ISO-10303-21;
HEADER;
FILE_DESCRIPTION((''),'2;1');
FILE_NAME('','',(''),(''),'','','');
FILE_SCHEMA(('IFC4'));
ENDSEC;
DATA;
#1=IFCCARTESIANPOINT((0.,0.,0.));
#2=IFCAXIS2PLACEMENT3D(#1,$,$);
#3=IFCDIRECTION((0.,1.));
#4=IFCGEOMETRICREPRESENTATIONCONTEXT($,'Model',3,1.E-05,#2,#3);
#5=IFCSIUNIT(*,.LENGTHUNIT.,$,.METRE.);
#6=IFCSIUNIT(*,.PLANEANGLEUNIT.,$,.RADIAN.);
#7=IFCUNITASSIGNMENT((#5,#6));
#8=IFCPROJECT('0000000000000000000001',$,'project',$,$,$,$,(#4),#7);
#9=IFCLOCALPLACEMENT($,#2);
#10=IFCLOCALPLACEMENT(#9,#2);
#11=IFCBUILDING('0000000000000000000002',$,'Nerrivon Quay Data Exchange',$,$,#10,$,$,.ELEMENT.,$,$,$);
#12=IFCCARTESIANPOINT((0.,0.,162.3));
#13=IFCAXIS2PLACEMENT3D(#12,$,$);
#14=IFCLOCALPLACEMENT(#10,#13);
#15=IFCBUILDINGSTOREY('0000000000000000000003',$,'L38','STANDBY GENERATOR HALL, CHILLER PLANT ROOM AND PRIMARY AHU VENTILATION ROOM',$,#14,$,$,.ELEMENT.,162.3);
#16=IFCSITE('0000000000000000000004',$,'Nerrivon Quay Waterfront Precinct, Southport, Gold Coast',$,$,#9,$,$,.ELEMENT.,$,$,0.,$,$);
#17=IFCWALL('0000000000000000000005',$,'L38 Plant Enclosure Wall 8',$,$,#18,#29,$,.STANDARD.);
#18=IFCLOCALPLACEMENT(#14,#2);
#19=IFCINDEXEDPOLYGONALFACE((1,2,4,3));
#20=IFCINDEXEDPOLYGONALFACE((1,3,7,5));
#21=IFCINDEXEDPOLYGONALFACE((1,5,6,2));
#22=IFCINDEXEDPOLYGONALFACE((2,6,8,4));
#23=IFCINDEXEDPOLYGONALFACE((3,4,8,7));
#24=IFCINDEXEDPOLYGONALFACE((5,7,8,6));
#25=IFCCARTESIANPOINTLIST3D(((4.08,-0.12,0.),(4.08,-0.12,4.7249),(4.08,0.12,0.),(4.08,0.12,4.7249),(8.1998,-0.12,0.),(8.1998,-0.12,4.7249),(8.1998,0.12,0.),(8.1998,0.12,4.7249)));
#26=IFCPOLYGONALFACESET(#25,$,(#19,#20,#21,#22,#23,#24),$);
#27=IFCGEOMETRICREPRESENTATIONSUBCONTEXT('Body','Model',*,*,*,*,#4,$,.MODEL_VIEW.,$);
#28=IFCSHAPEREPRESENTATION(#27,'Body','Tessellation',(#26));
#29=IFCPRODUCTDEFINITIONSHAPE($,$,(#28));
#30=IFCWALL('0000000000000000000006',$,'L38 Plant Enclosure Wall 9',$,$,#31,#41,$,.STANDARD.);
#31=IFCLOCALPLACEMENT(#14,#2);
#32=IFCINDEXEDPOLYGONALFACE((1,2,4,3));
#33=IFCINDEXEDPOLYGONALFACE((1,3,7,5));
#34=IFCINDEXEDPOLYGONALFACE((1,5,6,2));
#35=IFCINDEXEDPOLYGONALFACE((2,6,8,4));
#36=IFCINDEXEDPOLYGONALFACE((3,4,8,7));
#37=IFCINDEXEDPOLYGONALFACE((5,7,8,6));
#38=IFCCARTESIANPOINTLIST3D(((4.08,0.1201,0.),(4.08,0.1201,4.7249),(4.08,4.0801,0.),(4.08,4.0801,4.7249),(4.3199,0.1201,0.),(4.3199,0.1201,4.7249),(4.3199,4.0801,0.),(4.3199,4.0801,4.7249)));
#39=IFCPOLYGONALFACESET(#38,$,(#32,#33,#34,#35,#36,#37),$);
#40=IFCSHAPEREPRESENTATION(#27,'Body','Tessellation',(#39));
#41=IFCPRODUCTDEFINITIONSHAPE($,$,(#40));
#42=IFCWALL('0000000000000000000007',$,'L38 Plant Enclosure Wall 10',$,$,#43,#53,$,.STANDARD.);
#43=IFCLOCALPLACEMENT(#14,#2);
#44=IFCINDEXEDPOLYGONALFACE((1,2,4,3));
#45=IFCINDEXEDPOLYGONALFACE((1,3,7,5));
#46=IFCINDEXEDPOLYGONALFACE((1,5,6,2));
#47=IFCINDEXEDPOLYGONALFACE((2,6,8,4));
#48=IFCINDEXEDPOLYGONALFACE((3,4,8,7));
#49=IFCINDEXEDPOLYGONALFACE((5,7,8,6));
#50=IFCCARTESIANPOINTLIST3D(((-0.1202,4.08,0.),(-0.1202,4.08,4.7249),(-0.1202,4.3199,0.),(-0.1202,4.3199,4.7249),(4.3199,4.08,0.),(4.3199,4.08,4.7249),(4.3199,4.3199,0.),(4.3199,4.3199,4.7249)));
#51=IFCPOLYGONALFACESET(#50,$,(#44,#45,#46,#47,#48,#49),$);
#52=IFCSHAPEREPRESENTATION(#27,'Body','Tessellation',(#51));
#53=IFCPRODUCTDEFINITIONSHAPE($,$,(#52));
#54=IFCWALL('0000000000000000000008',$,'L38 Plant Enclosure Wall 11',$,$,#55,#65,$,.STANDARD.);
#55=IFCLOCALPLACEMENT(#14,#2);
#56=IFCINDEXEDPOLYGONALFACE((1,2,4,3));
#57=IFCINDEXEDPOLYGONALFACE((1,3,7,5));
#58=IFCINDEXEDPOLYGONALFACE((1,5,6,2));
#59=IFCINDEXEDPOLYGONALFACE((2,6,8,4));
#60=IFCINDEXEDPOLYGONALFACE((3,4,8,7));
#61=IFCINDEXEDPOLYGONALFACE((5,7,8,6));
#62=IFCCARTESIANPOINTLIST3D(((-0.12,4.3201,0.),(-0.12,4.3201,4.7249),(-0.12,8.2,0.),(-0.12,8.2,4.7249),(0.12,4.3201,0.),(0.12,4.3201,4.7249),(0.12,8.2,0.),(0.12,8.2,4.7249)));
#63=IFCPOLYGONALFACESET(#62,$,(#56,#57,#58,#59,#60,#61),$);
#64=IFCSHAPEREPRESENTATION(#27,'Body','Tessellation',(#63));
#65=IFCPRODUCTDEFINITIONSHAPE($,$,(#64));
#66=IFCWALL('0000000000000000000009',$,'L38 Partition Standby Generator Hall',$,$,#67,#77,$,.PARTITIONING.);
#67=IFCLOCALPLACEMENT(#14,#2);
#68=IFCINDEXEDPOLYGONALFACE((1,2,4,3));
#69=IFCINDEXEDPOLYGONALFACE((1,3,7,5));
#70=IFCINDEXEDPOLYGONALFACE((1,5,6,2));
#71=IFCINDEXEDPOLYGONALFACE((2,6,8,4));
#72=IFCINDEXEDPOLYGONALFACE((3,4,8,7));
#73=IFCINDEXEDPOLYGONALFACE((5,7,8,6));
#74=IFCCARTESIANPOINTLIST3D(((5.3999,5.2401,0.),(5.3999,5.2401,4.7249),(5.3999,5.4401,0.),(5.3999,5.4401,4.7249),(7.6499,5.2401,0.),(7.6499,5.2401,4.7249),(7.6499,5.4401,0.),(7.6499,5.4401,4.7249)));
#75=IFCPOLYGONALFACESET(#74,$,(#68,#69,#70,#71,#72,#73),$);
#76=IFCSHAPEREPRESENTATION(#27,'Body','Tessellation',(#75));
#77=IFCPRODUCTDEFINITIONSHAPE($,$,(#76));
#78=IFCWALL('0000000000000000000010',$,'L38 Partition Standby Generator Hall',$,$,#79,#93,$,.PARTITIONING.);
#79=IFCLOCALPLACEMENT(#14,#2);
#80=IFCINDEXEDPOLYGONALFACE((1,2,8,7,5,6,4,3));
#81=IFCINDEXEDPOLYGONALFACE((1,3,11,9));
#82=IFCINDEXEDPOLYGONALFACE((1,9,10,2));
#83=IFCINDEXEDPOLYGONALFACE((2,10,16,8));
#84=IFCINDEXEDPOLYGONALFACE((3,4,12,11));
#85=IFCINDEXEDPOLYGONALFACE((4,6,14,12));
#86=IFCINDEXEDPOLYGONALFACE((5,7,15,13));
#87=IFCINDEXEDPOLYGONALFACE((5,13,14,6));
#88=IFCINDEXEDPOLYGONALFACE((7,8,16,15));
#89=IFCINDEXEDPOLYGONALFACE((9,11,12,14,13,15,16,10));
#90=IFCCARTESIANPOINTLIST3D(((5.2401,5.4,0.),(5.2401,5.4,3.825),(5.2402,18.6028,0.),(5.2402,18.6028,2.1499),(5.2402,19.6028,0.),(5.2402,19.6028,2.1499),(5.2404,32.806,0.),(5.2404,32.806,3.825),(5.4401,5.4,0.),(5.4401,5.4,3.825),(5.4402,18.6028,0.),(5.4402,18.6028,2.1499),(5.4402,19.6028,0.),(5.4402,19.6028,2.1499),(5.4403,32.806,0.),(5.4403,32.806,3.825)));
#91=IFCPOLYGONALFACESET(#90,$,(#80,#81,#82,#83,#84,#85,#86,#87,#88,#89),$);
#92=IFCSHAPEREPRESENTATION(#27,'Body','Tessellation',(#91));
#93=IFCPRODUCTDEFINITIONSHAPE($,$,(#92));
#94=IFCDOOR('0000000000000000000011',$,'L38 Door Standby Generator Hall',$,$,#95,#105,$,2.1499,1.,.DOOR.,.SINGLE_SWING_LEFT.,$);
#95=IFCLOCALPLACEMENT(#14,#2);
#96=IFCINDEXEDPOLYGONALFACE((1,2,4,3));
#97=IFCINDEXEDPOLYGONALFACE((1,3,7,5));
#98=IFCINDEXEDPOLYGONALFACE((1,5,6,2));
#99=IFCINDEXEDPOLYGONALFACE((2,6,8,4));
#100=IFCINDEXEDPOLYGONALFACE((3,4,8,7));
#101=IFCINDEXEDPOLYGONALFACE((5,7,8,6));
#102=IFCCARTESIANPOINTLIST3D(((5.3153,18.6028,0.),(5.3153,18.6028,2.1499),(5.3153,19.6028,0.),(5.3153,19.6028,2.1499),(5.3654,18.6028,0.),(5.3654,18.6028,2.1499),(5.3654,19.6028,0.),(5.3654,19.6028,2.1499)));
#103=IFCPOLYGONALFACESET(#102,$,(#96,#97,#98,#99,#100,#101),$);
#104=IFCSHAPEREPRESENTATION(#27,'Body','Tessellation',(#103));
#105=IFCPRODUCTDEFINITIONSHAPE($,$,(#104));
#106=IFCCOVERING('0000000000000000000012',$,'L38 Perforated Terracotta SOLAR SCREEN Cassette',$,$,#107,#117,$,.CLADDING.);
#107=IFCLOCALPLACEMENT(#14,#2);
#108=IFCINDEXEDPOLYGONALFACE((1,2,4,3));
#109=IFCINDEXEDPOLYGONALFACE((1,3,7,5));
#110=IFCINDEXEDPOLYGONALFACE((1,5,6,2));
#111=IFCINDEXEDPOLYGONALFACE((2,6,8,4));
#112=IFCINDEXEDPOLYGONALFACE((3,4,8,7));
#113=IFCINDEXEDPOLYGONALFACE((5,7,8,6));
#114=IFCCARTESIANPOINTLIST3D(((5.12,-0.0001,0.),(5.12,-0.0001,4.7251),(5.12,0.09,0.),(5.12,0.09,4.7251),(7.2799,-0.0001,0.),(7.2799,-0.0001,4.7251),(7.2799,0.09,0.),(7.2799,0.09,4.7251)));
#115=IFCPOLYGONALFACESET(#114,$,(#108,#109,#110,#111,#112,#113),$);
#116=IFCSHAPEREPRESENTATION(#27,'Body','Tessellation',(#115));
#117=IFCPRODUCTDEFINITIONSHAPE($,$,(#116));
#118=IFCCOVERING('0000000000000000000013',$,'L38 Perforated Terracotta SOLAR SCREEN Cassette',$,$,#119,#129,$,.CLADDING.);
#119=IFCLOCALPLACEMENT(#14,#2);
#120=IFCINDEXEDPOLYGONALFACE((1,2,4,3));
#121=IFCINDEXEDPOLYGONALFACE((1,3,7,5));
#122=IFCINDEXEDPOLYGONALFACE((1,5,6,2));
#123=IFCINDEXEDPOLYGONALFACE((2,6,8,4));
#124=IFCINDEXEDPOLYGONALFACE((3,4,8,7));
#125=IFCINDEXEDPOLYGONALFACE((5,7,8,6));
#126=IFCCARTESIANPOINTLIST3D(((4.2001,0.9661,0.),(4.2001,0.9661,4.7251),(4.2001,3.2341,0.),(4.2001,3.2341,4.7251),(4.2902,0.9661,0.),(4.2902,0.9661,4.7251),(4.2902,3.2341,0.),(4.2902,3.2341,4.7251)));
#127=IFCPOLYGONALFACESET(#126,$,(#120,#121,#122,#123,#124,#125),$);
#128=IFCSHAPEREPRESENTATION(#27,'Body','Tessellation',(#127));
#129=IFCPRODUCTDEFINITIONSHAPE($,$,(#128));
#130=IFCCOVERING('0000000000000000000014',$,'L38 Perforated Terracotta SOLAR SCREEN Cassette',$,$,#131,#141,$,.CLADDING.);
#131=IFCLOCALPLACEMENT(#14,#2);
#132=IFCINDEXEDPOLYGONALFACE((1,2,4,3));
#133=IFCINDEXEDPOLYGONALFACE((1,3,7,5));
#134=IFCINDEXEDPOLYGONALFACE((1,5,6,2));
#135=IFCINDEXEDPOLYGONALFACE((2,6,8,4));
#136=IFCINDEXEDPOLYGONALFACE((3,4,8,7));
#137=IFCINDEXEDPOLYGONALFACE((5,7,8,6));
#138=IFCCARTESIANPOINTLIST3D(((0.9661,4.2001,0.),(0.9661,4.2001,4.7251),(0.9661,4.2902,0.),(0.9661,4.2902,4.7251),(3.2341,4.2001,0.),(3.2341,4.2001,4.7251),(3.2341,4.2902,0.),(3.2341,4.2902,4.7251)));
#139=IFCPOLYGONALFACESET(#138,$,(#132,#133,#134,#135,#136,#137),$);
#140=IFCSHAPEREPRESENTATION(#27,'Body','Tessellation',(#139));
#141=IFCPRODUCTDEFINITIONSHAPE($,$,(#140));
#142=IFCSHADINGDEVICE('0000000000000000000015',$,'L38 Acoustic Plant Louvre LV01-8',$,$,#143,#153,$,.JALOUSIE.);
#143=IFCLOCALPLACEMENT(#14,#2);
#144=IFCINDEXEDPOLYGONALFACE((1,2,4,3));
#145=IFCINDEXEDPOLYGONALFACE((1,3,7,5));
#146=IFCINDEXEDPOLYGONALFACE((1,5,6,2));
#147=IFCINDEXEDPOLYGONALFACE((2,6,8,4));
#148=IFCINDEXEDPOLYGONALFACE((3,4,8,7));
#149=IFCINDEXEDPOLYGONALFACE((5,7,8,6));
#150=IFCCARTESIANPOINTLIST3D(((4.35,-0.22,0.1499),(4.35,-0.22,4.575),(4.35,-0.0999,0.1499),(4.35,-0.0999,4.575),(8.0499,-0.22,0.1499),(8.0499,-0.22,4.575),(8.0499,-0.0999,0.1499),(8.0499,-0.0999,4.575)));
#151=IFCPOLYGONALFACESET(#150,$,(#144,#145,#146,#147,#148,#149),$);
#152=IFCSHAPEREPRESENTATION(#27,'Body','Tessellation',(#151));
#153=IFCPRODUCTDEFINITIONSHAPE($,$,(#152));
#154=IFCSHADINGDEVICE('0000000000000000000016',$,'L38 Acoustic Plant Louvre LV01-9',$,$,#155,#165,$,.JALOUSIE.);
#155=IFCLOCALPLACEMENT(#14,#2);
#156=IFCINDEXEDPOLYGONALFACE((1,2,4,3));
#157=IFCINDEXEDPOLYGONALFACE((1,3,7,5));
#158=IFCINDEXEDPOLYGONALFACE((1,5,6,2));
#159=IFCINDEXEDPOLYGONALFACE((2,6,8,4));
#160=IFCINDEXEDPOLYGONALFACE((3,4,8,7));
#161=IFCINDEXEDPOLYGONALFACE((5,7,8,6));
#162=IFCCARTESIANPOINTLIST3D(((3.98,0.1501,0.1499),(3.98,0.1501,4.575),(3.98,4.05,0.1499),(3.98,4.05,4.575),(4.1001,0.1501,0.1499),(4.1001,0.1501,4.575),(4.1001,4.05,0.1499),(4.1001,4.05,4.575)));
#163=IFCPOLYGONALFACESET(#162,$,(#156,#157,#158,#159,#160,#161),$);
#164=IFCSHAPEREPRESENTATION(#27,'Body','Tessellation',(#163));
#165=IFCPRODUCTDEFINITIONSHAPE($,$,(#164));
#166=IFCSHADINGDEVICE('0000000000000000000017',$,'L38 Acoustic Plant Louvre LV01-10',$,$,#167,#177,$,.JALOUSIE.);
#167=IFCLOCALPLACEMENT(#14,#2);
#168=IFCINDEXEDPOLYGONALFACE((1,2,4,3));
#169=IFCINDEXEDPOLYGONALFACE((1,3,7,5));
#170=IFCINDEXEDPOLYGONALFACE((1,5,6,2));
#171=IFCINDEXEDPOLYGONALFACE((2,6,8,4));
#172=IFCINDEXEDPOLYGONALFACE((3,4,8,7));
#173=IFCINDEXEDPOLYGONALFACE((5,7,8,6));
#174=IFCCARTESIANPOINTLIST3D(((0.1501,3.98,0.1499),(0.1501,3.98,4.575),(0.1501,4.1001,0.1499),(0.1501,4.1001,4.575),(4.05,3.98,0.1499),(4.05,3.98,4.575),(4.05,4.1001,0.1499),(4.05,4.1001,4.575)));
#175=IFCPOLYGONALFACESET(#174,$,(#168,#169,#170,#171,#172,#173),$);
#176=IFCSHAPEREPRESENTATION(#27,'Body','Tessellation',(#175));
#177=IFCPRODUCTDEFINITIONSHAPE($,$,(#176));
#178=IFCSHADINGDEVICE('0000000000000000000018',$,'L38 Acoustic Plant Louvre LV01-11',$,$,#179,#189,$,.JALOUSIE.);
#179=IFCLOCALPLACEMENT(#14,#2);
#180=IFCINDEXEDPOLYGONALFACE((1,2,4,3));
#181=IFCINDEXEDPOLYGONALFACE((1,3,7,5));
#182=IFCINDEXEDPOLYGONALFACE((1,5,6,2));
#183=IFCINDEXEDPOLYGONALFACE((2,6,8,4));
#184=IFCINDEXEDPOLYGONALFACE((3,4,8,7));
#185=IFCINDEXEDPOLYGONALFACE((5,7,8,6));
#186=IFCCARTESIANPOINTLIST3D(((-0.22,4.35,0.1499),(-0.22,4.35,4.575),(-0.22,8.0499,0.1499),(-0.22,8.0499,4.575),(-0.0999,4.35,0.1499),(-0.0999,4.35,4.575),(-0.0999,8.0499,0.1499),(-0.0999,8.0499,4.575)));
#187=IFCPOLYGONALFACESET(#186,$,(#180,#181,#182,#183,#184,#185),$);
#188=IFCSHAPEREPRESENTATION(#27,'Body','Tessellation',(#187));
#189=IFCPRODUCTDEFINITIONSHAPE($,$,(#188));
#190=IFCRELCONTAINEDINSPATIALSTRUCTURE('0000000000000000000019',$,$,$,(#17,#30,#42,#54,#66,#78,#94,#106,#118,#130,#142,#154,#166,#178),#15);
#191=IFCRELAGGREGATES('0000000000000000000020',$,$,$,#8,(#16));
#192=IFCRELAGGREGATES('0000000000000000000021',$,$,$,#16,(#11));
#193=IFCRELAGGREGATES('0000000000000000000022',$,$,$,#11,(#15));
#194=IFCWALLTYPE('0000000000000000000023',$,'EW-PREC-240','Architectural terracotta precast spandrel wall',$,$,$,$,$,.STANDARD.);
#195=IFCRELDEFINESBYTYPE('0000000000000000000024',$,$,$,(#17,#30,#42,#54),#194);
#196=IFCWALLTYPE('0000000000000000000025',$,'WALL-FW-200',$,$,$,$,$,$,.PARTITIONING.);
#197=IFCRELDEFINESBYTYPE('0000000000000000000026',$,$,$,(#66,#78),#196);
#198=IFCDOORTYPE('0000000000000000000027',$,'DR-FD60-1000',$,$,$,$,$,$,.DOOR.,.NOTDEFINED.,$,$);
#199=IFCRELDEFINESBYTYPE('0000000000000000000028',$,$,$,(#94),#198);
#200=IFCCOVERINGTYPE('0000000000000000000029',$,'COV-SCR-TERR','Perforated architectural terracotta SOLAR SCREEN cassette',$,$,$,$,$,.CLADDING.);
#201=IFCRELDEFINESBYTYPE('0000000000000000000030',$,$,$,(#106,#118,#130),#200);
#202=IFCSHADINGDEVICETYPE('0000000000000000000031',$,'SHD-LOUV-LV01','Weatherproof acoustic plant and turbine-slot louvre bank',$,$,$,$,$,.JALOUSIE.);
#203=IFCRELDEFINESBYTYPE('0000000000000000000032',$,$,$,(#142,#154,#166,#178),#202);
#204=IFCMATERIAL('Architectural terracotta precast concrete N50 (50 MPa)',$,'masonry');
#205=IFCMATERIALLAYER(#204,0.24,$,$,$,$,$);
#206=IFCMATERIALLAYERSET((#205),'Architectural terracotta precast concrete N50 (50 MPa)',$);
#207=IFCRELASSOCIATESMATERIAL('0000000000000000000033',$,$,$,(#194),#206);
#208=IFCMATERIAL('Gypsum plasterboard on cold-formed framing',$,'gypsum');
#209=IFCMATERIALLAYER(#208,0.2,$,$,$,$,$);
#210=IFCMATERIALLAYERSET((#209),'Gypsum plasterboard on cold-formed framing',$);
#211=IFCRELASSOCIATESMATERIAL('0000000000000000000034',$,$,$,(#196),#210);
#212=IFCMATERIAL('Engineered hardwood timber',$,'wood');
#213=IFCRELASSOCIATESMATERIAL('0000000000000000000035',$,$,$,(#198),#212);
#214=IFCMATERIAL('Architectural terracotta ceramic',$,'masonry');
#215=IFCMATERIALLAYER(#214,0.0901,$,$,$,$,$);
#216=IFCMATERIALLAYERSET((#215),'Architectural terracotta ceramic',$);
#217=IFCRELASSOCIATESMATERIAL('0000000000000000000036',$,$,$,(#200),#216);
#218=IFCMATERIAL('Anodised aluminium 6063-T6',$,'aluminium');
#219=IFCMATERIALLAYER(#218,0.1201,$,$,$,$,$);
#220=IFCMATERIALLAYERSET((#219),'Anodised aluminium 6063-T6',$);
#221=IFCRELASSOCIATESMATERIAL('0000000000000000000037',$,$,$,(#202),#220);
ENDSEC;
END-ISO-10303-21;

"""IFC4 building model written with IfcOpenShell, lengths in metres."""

from ifc_helpers import new_model, si_unit, direction, frame, frame_2d, origin, origin_2d, place, context, subcontext, project, spatial, rectangle, extrude, material, layer, layer_set, type_object, element, fill, save


model = new_model("IFC4")

# Units and contexts
model_context = context("Model", 3, precision=1e-05, world=origin(), true_north=direction((0.0, 1.0)))
body_context = subcontext(model_context, "Body", "Model", "MODEL_VIEW")
ifc_project = project(units=[si_unit("LENGTHUNIT", "METRE"), si_unit("PLANEANGLEUNIT", "RADIAN")], contexts=[model_context])

# Site, building, storey
site_placement = place(None, origin())
site = spatial("IfcSite", under=ifc_project, at=site_placement, Name="Nerrivon Quay Waterfront Precinct, Southport, Gold Coast", CompositionType="ELEMENT", RefElevation=0.0)
building_placement = place(site_placement, origin())
building = spatial("IfcBuilding", under=site, at=building_placement, Name="Nerrivon Quay Data Exchange", CompositionType="ELEMENT")
storey_placement = place(building_placement, frame((0.0, 0.0, 162.3)))
storey = spatial("IfcBuildingStorey", under=building, at=storey_placement, Name="L38", Description="STANDBY GENERATOR HALL, CHILLER PLANT ROOM AND PRIMARY AHU VENTILATION ROOM", CompositionType="ELEMENT", Elevation=162.3)

# Walls
ifc_material_1 = material(Name="Architectural terracotta precast concrete N50 (50 MPa)", Category="masonry")
ifc_layer_1 = layer(ifc_material_1, 0.24)
ifc_layer_set_1 = layer_set([ifc_layer_1], Name="Architectural terracotta precast concrete N50 (50 MPa)")
wall_type_1 = type_object("IfcWallType", Name="EW-PREC-240", Description="Architectural terracotta precast spandrel wall", PredefinedType="STANDARD", material=ifc_layer_set_1)
wall_1_placement = place(storey_placement, frame((8.2, 0.0, 0.0), z_axis=(0.0, 0.0, 1.0), x_axis=(-1.0, 0.0, 0.0)))
element("IfcWall", 1, at=wall_1_placement, inside=storey, type_object=wall_type_1, Name="L38 Plant Enclosure Wall 8", PredefinedType="STANDARD", context=body_context, shape_type="SweptSolid", body=[
    extrude(rectangle(XDim=4.1199, YDim=0.24, at=frame_2d((2.0601, 0.0))), origin(), (0.0, 0.0, 1.0), 4.7249),
])
wall_2_placement = place(storey_placement, frame((4.2, 0.1201, 0.0), z_axis=(0.0, 0.0, 1.0), x_axis=(0.0, 1.0, 0.0)))
element("IfcWall", 2, at=wall_2_placement, inside=storey, type_object=wall_type_1, Name="L38 Plant Enclosure Wall 9", PredefinedType="STANDARD", context=body_context, shape_type="SweptSolid", body=[
    extrude(rectangle(XDim=3.96, YDim=0.24, at=frame_2d((1.98, 0.0))), origin(), (0.0, 0.0, 1.0), 4.7249),
])
wall_3_placement = place(storey_placement, frame((4.3201, 4.2, 0.0), z_axis=(0.0, 0.0, 1.0), x_axis=(-1.0, 0.0, 0.0)))
element("IfcWall", 3, at=wall_3_placement, inside=storey, type_object=wall_type_1, Name="L38 Plant Enclosure Wall 10", PredefinedType="STANDARD", context=body_context, shape_type="SweptSolid", body=[
    extrude(rectangle(XDim=4.4402, YDim=0.24, at=frame_2d((2.2202, 0.0))), origin(), (0.0, 0.0, 1.0), 4.7249),
])
wall_4_placement = place(storey_placement, frame((0.0, 4.3201, 0.0), z_axis=(0.0, 0.0, 1.0), x_axis=(0.0, 1.0, 0.0)))
element("IfcWall", 4, at=wall_4_placement, inside=storey, type_object=wall_type_1, Name="L38 Plant Enclosure Wall 11", PredefinedType="STANDARD", context=body_context, shape_type="SweptSolid", body=[
    extrude(rectangle(XDim=3.8799, YDim=0.24, at=frame_2d((1.9399, 0.0))), origin(), (0.0, 0.0, 1.0), 4.7249),
])
ifc_material_2 = material(Name="Gypsum plasterboard on cold-formed framing", Category="gypsum")
ifc_layer_2 = layer(ifc_material_2, 0.2)
ifc_layer_set_2 = layer_set([ifc_layer_2], Name="Gypsum plasterboard on cold-formed framing")
wall_type_2 = type_object("IfcWallType", Name="WALL-FW-200", PredefinedType="PARTITIONING", material=ifc_layer_set_2)
wall_5_placement = place(storey_placement, frame((7.6499, 5.3401, 0.0), z_axis=(0.0, 0.0, 1.0), x_axis=(-1.0, 0.0, 0.0)))
element("IfcWall", 5, at=wall_5_placement, inside=storey, type_object=wall_type_2, Name="L38 Partition Standby Generator Hall", PredefinedType="PARTITIONING", context=body_context, shape_type="SweptSolid", body=[
    extrude(rectangle(XDim=2.25, YDim=0.2, at=frame_2d((1.125, 0.0))), origin(), (0.0, 0.0, 1.0), 4.7249),
])

# Wall, opening, door
wall_6_placement = place(storey_placement, frame((5.3401, 5.3999, 0.0), z_axis=(0.0, 0.0, 1.0), x_axis=(0.000009, 1.0, 0.0)))
wall_6 = element("IfcWall", 6, at=wall_6_placement, inside=storey, type_object=wall_type_2, Name="L38 Partition Standby Generator Hall", PredefinedType="PARTITIONING", context=body_context, shape_type="SweptSolid", body=[
    extrude(rectangle(XDim=27.406, YDim=0.2, at=frame_2d((13.7031, 0.0))), origin(), (0.0, 0.0, 1.0), 3.825),
])
opening_placement = place(wall_6_placement, frame((13.2029, 0.0, 0.0)))
opening = element("IfcOpeningElement", 7, at=opening_placement, cuts=wall_6, PredefinedType="OPENING", context=body_context, shape_type="SweptSolid", body=[
    extrude(rectangle(XDim=1.0, YDim=2.1499, at=frame_2d((0.5, 1.075))), frame((0.0, 0.1099, 0.0), z_axis=(0.0, -1.0, 0.0), x_axis=(1.0, 0.0, 0.0)), (0.0, 0.0, 1.0), 0.22),
])
ifc_material_3 = material(Name="Engineered hardwood timber", Category="wood")
door_type = type_object("IfcDoorType", Name="DR-FD60-1000", OperationType="NOTDEFINED", PredefinedType="DOOR", material=ifc_material_3)
door_placement = place(opening_placement, origin())
door = element("IfcDoor", 8, at=door_placement, inside=storey, type_object=door_type, Name="L38 Door Standby Generator Hall", OperationType="SINGLE_SWING_LEFT", OverallHeight=2.1499, OverallWidth=1.0, PredefinedType="DOOR", context=body_context, shape_type="SweptSolid", body=[
    extrude(rectangle(XDim=1.0, YDim=2.1499, at=frame_2d((0.5, 1.075))), frame((0.0, 0.0249, 0.0), z_axis=(0.0, -1.0, 0.0), x_axis=(1.0, 0.0, 0.0)), (0.0, 0.0, 1.0), 0.05),
])
fill(opening, door)

# Coverings
ifc_material_4 = material(Name="Architectural terracotta ceramic", Category="masonry")
ifc_layer_3 = layer(ifc_material_4, 0.0901)
ifc_layer_set_3 = layer_set([ifc_layer_3], Name="Architectural terracotta ceramic")
covering_type = type_object("IfcCoveringType", Name="COV-SCR-TERR", Description="Perforated architectural terracotta SOLAR SCREEN cassette", PredefinedType="CLADDING", material=ifc_layer_set_3)
covering_placement = place(storey_placement, frame((6.2, 0.0449, 0.0), z_axis=(0.0, 0.0, 1.0), x_axis=(-1.0, 0.0, 0.0)))
element("IfcCovering", 9, at=covering_placement, inside=storey, type_object=covering_type, Name="L38 Perforated Terracotta SOLAR SCREEN Cassette", PredefinedType="CLADDING", context=body_context, shape_type="SweptSolid", body=[
    extrude(rectangle(XDim=2.1599, YDim=0.0901, at=origin_2d()), origin(), (0.0, 0.0, 1.0), 4.7251),
])
for number, where, z_axis, x_axis, name in (
    (10, (4.2451, 2.1001, 0.0), (0.0, 0.0, 1.0), (0.0, 1.0, 0.0), "L38 Perforated Terracotta SOLAR SCREEN Cassette"),
    (11, (2.1001, 4.2451, 0.0), (0.0, 0.0, 1.0), (-1.0, 0.0, 0.0), "L38 Perforated Terracotta SOLAR SCREEN Cassette"),
):
    element("IfcCovering", number, at=place(storey_placement, frame(where, z_axis=z_axis, x_axis=x_axis)), inside=storey, type_object=covering_type, Name=name, PredefinedType="CLADDING", context=body_context, shape_type="SweptSolid", body=[
        extrude(rectangle(XDim=2.2681, YDim=0.0901, at=origin_2d()), origin(), (0.0, 0.0, 1.0), 4.7251),
    ])

# Shading devices
ifc_material_5 = material(Name="Anodised aluminium 6063-T6", Category="aluminium")
ifc_layer_4 = layer(ifc_material_5, 0.1201)
ifc_layer_set_4 = layer_set([ifc_layer_4], Name="Anodised aluminium 6063-T6")
shading_device_type = type_object("IfcShadingDeviceType", Name="SHD-LOUV-LV01", Description="Weatherproof acoustic plant and turbine-slot louvre bank", PredefinedType="JALOUSIE", material=ifc_layer_set_4)
shading_device_1_placement = place(storey_placement, frame((6.2, -0.1599, 0.1499), z_axis=(0.0, 0.0, 1.0), x_axis=(-1.0, 0.0, 0.0)))
element("IfcShadingDevice", 12, at=shading_device_1_placement, inside=storey, type_object=shading_device_type, Name="L38 Acoustic Plant Louvre LV01-8", PredefinedType="JALOUSIE", context=body_context, shape_type="SweptSolid", body=[
    extrude(rectangle(XDim=3.7, YDim=0.1201, at=origin_2d()), origin(), (0.0, 0.0, 1.0), 4.425),
])
for number, where, z_axis, x_axis, name in (
    (13, (4.04, 2.1001, 0.1499), (0.0, 0.0, 1.0), (0.0, 1.0, 0.0), "L38 Acoustic Plant Louvre LV01-9"),
    (14, (2.1001, 4.04, 0.1499), (0.0, 0.0, 1.0), (-1.0, 0.0, 0.0), "L38 Acoustic Plant Louvre LV01-10"),
):
    element("IfcShadingDevice", number, at=place(storey_placement, frame(where, z_axis=z_axis, x_axis=x_axis)), inside=storey, type_object=shading_device_type, Name=name, PredefinedType="JALOUSIE", context=body_context, shape_type="SweptSolid", body=[
        extrude(rectangle(XDim=3.8999, YDim=0.1201, at=origin_2d()), origin(), (0.0, 0.0, 1.0), 4.425),
    ])
shading_device_2_placement = place(storey_placement, frame((-0.1599, 6.2, 0.1499), z_axis=(0.0, 0.0, 1.0), x_axis=(0.0, 1.0, 0.0)))
element("IfcShadingDevice", 15, at=shading_device_2_placement, inside=storey, type_object=shading_device_type, Name="L38 Acoustic Plant Louvre LV01-11", PredefinedType="JALOUSIE", context=body_context, shape_type="SweptSolid", body=[
    extrude(rectangle(XDim=3.7, YDim=0.1201, at=origin_2d()), origin(), (0.0, 0.0, 1.0), 4.425),
])

save(model, "model.ifc")
